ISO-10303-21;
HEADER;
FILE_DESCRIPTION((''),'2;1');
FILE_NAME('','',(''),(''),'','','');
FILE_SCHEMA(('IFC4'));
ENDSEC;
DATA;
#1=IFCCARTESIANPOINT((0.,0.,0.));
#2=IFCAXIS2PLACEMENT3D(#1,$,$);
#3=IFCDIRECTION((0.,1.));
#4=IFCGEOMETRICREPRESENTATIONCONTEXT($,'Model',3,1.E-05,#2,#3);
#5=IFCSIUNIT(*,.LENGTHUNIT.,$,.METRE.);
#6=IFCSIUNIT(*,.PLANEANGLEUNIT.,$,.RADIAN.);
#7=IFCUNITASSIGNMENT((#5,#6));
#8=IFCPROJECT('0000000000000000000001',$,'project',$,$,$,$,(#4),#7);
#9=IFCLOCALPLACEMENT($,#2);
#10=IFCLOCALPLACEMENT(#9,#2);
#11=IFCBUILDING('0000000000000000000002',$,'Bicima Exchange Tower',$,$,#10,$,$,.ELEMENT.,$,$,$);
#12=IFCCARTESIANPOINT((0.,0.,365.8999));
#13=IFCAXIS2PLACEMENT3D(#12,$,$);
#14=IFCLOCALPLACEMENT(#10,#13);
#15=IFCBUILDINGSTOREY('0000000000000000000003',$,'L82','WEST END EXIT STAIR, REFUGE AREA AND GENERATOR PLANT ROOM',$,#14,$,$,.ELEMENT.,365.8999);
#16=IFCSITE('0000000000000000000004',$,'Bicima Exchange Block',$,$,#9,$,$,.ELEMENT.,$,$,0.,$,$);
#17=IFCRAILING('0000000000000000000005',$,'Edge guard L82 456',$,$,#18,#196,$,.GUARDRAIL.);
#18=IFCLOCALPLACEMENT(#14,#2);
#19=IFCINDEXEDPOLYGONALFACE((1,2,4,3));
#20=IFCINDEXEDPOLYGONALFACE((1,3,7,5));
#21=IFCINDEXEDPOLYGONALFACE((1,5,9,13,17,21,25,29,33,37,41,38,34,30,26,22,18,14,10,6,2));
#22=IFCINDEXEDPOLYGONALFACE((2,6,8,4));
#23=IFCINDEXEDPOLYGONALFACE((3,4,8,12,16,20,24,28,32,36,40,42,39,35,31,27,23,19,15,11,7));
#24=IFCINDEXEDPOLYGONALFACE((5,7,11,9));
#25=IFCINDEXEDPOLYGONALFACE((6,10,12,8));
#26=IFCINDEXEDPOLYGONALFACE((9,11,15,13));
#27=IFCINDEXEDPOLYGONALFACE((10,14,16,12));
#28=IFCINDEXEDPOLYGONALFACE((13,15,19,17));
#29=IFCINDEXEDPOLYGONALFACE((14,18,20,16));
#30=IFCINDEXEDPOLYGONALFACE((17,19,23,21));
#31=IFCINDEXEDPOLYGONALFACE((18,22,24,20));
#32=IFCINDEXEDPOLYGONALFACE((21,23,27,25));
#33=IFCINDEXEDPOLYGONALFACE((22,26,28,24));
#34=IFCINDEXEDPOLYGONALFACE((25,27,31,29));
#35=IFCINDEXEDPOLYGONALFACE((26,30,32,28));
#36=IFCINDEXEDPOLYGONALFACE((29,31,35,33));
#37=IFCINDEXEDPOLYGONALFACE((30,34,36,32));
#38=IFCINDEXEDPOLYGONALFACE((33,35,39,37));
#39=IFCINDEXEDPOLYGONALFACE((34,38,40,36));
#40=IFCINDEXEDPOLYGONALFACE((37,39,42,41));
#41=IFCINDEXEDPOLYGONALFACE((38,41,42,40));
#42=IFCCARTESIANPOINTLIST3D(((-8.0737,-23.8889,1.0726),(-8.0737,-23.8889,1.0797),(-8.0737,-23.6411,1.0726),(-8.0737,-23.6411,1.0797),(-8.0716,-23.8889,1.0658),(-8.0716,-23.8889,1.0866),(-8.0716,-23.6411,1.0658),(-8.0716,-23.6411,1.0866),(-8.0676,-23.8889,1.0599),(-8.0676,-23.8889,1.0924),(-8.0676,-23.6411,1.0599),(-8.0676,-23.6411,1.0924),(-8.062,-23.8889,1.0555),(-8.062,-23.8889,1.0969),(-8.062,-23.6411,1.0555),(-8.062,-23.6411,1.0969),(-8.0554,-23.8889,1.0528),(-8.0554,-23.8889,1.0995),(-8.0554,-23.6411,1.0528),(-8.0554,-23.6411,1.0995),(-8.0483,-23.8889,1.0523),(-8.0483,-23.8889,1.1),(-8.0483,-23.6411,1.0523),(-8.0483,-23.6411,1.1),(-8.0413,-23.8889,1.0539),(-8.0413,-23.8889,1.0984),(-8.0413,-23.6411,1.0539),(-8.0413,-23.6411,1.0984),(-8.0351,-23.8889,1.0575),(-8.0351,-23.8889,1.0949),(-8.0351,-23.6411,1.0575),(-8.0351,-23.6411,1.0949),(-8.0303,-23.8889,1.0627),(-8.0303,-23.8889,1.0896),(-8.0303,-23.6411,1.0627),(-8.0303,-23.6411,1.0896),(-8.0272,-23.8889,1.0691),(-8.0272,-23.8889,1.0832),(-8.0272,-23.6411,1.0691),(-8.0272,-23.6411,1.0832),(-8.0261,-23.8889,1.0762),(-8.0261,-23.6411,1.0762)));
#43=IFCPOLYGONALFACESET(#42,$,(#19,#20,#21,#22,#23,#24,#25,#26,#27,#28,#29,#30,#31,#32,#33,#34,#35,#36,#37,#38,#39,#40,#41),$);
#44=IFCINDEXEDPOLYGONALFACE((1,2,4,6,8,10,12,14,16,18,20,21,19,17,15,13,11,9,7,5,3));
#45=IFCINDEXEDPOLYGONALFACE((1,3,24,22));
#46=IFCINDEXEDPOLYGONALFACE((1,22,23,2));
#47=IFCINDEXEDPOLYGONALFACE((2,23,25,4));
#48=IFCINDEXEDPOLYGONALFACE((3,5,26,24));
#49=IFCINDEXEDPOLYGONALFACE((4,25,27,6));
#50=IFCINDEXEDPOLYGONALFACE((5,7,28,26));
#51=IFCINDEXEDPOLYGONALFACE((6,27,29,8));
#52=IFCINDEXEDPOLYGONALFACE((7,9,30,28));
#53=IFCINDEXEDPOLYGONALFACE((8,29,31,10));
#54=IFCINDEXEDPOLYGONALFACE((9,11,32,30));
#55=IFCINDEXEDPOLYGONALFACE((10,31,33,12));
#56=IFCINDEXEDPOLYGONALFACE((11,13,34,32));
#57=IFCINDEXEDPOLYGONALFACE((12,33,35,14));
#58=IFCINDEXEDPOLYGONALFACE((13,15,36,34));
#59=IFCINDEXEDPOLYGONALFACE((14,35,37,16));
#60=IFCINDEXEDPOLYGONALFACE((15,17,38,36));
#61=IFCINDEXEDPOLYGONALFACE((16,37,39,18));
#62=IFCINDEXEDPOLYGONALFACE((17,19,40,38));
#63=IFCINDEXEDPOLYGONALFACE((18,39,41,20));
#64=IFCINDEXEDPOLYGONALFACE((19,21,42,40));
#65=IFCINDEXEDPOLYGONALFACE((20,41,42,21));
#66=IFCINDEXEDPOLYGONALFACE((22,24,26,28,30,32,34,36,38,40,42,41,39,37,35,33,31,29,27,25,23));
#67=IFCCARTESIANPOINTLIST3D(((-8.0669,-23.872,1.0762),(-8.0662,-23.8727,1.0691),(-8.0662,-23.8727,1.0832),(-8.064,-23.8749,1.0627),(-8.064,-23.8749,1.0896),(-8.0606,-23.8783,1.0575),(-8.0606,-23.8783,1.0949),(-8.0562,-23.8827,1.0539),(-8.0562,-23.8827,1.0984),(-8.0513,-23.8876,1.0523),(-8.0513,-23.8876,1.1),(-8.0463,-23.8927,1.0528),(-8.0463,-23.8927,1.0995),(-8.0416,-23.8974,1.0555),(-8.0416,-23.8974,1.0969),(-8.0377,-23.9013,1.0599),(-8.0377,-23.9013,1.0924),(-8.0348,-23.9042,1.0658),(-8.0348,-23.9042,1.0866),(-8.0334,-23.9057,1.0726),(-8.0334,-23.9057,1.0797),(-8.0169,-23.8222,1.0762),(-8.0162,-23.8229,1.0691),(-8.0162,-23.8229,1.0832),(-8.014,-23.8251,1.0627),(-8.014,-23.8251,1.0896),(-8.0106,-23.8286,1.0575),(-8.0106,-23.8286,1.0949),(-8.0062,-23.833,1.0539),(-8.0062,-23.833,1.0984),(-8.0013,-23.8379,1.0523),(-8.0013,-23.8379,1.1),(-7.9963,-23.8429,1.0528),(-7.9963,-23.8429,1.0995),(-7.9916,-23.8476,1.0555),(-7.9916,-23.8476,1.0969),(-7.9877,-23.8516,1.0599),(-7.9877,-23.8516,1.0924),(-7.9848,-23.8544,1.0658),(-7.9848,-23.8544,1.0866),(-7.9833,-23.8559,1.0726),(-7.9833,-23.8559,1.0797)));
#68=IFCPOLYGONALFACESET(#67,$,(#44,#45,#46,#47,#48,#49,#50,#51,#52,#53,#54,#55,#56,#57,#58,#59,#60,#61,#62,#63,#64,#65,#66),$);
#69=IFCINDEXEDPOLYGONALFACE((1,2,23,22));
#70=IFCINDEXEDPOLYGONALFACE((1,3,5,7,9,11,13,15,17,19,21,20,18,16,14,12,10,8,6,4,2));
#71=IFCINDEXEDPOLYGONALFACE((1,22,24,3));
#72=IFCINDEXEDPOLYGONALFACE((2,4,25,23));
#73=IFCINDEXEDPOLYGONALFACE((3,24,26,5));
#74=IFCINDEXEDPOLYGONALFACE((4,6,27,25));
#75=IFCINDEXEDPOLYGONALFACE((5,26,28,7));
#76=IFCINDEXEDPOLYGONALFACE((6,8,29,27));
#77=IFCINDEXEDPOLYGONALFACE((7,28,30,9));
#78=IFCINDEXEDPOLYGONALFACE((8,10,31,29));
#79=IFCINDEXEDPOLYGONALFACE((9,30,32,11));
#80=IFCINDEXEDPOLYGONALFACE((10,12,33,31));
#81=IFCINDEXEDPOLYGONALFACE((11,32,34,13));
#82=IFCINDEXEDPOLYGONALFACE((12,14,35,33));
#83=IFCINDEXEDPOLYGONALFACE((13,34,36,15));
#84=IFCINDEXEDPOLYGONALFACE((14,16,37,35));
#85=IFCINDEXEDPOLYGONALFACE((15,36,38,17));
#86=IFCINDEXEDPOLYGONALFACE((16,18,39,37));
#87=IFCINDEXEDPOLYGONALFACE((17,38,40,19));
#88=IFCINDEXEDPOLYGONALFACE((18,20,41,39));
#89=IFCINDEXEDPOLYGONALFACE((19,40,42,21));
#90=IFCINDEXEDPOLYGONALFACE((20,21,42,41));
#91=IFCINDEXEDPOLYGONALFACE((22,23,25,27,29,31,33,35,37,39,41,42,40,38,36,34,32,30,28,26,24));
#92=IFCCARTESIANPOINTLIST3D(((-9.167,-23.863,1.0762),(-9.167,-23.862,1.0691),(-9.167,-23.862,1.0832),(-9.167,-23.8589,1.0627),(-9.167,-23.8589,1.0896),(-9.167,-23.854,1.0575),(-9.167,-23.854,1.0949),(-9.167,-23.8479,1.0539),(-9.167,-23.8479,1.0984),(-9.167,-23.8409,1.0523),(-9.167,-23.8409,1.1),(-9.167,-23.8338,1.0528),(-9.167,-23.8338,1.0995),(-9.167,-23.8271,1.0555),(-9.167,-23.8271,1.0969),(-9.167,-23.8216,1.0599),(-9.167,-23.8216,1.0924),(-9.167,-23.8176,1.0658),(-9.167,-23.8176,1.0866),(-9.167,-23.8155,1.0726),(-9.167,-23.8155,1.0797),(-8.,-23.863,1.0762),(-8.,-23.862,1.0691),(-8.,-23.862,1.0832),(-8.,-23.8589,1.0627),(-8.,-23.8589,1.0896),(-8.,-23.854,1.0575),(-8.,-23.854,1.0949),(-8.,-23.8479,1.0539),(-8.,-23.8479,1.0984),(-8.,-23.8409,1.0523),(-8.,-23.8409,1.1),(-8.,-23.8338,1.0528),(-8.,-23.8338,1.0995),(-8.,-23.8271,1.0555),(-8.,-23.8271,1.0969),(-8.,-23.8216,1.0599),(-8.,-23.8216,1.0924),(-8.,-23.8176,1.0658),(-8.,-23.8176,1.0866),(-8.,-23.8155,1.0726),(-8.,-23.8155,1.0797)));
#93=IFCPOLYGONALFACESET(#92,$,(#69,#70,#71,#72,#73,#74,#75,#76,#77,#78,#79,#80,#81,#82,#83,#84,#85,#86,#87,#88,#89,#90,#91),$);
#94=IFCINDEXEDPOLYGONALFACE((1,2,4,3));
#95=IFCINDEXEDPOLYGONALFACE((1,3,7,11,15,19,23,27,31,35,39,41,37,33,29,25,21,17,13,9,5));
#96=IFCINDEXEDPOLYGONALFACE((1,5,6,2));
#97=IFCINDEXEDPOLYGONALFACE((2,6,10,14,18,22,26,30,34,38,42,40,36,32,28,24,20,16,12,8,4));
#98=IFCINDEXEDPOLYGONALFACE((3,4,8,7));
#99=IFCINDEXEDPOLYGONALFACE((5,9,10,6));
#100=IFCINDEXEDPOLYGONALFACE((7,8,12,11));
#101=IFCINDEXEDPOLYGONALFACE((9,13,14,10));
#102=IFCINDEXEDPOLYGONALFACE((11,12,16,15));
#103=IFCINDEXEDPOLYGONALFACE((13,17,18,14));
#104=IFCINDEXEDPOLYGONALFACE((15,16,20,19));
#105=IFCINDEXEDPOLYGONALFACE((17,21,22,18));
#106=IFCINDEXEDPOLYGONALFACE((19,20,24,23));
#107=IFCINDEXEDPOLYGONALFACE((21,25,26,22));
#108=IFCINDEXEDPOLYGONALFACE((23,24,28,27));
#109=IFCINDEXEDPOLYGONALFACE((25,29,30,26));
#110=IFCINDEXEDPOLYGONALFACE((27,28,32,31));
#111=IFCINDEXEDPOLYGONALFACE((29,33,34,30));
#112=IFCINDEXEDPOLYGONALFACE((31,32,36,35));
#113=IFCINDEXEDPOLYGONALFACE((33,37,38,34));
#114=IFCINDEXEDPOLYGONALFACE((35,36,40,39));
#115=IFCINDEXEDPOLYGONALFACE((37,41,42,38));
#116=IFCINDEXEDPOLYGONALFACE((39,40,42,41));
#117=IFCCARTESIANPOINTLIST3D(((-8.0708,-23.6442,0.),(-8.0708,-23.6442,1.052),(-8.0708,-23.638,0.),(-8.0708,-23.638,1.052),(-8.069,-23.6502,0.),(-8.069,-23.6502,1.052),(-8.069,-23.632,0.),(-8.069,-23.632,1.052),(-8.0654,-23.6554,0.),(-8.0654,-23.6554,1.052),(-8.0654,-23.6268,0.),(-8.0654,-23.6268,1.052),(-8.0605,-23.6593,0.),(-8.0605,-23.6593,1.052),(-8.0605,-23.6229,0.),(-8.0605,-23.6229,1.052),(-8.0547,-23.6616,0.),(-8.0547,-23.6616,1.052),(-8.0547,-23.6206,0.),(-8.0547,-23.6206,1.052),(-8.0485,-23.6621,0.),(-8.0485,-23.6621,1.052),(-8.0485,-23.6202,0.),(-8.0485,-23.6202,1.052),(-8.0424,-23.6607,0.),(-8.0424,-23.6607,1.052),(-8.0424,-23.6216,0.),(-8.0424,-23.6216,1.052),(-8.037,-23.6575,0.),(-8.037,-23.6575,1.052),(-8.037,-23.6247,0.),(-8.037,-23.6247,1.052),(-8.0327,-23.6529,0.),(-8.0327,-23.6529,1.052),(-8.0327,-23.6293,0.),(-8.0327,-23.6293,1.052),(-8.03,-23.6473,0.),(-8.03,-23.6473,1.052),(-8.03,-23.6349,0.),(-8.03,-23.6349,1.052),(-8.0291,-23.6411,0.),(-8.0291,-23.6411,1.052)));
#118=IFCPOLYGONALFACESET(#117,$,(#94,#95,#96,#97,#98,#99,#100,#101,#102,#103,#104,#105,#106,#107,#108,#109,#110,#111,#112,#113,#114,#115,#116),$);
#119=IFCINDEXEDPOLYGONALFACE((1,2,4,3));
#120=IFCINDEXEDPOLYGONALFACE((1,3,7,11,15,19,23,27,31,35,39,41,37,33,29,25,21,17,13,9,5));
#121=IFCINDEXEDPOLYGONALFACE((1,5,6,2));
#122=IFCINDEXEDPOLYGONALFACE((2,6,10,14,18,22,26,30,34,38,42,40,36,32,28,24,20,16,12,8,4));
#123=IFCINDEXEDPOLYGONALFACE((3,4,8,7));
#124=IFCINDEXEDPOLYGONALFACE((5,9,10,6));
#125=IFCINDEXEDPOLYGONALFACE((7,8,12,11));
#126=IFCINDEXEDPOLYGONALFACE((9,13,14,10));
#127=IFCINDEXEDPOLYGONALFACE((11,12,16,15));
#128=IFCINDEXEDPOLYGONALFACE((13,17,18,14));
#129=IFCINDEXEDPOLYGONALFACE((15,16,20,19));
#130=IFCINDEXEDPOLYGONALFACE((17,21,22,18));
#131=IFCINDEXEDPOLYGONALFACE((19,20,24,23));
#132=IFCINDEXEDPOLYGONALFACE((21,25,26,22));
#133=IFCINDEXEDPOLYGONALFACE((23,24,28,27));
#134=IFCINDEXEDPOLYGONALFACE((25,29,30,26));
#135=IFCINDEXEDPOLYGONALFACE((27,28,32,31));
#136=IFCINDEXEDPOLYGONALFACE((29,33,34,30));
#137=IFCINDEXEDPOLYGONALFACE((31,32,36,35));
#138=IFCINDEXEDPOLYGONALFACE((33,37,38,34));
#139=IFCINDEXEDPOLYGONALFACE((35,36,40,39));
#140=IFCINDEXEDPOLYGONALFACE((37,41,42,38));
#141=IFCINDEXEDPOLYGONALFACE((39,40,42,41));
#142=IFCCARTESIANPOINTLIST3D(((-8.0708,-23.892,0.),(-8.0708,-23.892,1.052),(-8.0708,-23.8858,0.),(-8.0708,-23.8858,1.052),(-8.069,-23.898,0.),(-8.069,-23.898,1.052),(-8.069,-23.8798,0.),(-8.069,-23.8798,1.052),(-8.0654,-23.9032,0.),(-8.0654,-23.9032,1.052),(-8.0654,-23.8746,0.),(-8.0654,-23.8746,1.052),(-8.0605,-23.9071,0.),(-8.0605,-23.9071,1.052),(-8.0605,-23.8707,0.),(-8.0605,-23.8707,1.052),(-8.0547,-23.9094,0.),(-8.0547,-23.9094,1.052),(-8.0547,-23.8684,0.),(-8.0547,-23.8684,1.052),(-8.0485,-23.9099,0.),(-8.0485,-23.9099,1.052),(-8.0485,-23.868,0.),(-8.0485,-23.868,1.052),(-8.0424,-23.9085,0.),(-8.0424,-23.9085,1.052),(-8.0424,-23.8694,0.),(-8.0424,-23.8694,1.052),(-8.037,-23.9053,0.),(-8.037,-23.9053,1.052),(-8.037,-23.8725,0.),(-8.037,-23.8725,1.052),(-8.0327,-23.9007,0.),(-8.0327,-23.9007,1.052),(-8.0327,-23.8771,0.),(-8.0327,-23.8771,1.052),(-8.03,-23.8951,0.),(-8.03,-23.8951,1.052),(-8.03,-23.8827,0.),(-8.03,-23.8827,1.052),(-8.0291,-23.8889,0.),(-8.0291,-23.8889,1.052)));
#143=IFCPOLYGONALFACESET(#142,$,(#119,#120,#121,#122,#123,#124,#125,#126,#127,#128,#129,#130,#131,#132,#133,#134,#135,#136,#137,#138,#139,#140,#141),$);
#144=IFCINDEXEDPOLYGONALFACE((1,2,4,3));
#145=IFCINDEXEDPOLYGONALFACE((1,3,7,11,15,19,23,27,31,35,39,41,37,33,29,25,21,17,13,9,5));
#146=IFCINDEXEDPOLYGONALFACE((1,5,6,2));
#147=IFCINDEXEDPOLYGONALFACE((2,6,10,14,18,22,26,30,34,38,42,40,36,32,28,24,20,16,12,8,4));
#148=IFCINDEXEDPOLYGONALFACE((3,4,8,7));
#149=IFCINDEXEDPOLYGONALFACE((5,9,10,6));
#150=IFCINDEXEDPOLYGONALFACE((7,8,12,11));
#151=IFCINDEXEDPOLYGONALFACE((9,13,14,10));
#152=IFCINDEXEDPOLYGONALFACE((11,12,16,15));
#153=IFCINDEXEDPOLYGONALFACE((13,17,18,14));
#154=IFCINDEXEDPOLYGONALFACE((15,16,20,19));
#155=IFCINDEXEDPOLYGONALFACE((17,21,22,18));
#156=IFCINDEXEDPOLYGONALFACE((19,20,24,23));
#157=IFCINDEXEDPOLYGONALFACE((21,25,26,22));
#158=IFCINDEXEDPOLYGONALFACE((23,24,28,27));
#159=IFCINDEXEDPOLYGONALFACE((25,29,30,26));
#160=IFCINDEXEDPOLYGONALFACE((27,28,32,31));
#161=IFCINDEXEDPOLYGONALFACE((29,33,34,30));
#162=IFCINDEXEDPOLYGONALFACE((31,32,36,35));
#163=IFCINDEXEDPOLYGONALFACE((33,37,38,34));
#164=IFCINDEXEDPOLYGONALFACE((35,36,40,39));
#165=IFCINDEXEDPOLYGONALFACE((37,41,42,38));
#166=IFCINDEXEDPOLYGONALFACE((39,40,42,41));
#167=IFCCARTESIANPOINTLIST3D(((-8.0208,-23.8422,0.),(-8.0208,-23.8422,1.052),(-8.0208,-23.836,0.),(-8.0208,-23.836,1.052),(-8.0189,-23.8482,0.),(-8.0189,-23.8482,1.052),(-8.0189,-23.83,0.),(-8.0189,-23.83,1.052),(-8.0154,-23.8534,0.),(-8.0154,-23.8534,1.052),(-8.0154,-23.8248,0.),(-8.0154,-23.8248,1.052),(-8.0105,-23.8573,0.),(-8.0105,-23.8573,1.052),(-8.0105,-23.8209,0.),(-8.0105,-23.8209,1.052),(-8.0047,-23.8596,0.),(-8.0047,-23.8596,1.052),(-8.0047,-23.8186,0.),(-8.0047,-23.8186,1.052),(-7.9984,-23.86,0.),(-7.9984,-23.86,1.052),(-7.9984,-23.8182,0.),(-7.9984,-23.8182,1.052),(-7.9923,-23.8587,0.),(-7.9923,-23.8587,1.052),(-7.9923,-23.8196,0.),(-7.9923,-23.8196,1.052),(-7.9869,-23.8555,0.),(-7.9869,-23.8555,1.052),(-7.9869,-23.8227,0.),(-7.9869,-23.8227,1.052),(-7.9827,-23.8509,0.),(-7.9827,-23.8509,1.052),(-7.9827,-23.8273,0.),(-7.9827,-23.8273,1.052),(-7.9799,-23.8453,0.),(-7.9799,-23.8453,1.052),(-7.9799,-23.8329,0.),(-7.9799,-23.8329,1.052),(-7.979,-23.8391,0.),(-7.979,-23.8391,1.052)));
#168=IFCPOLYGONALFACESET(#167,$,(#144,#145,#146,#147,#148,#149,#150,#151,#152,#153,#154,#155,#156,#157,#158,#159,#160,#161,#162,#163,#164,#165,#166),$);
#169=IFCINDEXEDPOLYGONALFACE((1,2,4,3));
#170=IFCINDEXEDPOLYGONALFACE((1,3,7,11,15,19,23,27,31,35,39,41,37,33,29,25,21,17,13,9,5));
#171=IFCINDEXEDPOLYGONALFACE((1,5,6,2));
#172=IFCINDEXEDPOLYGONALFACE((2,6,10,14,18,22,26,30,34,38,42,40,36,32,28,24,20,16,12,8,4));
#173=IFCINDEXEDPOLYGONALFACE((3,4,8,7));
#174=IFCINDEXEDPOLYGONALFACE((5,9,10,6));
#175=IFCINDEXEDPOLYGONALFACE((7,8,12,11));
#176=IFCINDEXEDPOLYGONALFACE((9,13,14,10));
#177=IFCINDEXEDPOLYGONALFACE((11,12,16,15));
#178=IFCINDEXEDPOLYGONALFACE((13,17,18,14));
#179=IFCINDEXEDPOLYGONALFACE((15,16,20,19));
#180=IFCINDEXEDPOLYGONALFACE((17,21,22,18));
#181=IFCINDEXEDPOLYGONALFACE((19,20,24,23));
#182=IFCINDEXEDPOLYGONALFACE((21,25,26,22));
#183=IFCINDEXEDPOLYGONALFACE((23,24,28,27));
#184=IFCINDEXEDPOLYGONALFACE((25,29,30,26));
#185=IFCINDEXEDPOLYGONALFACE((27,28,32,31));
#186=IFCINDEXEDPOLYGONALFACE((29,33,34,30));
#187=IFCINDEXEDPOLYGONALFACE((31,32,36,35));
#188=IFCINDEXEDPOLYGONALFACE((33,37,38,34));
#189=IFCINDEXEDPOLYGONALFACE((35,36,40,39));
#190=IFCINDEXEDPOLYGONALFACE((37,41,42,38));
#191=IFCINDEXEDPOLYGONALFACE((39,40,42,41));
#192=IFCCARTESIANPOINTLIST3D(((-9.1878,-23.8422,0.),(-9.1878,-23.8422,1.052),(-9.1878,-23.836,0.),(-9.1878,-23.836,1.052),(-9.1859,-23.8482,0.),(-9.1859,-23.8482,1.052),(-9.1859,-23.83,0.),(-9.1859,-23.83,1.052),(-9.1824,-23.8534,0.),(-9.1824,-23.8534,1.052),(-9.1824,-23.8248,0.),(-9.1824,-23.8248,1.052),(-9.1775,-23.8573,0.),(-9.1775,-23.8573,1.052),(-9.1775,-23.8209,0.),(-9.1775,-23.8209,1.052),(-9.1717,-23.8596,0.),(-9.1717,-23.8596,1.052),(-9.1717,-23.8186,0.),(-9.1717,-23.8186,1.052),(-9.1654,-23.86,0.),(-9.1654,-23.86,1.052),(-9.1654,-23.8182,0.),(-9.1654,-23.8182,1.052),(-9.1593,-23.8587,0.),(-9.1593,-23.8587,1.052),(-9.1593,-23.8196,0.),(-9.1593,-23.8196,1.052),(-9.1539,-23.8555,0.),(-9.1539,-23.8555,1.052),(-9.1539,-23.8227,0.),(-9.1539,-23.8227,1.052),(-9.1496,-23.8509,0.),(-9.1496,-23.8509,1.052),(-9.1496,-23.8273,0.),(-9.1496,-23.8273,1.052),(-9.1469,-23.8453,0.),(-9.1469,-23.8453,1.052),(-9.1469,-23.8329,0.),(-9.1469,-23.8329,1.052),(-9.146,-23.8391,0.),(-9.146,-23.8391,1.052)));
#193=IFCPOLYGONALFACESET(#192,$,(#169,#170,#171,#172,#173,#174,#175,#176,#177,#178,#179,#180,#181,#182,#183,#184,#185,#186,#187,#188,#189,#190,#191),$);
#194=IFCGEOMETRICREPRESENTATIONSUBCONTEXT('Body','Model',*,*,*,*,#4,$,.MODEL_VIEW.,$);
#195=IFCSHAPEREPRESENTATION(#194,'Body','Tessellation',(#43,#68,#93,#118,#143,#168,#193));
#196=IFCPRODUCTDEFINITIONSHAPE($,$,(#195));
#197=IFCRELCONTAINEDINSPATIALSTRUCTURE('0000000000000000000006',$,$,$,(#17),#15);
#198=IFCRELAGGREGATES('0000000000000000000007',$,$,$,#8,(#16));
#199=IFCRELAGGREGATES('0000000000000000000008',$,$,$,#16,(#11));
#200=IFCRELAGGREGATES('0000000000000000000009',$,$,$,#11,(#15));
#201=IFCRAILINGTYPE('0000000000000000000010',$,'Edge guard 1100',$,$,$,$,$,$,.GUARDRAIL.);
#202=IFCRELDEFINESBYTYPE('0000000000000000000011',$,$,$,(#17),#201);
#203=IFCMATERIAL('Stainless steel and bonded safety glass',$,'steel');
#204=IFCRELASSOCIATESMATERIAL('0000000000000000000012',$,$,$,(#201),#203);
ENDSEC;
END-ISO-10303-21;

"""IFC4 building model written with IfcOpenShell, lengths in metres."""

from ifc_helpers import new_model, si_unit, direction, frame, origin, origin_2d, place, context, subcontext, project, spatial, circle, extrude, material, type_object, element, save


model = new_model("IFC4")

# Units and contexts
model_context = context("Model", 3, precision=1e-05, world=origin(), true_north=direction((0.0, 1.0)))
body_context = subcontext(model_context, "Body", "Model", "MODEL_VIEW")
ifc_project = project(units=[si_unit("LENGTHUNIT", "METRE"), si_unit("PLANEANGLEUNIT", "RADIAN")], contexts=[model_context])

# Site, building, storey
site_placement = place(None, origin())
site = spatial("IfcSite", under=ifc_project, at=site_placement, Name="Bicima Exchange Block", CompositionType="ELEMENT", RefElevation=0.0)
building_placement = place(site_placement, origin())
building = spatial("IfcBuilding", under=site, at=building_placement, Name="Bicima Exchange Tower", CompositionType="ELEMENT")
storey_placement = place(building_placement, frame((0.0, 0.0, 365.8999)))
storey = spatial("IfcBuildingStorey", under=building, at=storey_placement, Name="L82", Description="WEST END EXIT STAIR, REFUGE AREA AND GENERATOR PLANT ROOM", CompositionType="ELEMENT", Elevation=365.8999)

# Railing
ifc_material_1 = material(Name="Stainless steel and bonded safety glass", Category="steel")
railing_type = type_object("IfcRailingType", Name="Edge guard 1100", PredefinedType="GUARDRAIL", material=ifc_material_1)
railing_placement = place(storey_placement, frame((-8.05, -23.6411, 0.0)))
element("IfcRailing", 1, at=railing_placement, inside=storey, type_object=railing_type, Name="Edge guard L82 456", PredefinedType="GUARDRAIL", context=body_context, shape_type="SweptSolid", body=[
    extrude(circle(Radius=0.0239, at=origin_2d()), frame((0.0, 0.0, 1.0762), z_axis=(0.0, -1.0, 0.0), x_axis=(1.0, 0.0, 0.0)), (0.0, 0.0, 1.0), 0.2478),
    extrude(circle(Radius=0.0239, at=origin_2d()), frame((0.0, -0.2478, 1.0762), z_axis=(0.708834, 0.705376, 0.0), x_axis=(-0.705376, 0.708834, 0.0)), (0.0, 0.0, 1.0), 0.0706),
    extrude(circle(Radius=0.0239, at=origin_2d()), frame((0.05, -0.198, 1.0762), z_axis=(-1.0, 0.0, 0.0), x_axis=(0.0, -1.0, 0.0)), (0.0, 0.0, 1.0), 1.167),
    extrude(circle(Radius=0.021, at=origin_2d()), origin(), (0.0, 0.0, 1.0), 1.052),
    extrude(circle(Radius=0.021, at=origin_2d()), frame((0.0, -0.2478, 0.0)), (0.0, 0.0, 1.0), 1.052),
    extrude(circle(Radius=0.021, at=origin_2d()), frame((0.05, -0.198, 0.0)), (0.0, 0.0, 1.0), 1.052),
    extrude(circle(Radius=0.021, at=origin_2d()), frame((-1.1169, -0.198, 0.0)), (0.0, 0.0, 1.0), 1.052),
])

save(model, "model.ifc")
